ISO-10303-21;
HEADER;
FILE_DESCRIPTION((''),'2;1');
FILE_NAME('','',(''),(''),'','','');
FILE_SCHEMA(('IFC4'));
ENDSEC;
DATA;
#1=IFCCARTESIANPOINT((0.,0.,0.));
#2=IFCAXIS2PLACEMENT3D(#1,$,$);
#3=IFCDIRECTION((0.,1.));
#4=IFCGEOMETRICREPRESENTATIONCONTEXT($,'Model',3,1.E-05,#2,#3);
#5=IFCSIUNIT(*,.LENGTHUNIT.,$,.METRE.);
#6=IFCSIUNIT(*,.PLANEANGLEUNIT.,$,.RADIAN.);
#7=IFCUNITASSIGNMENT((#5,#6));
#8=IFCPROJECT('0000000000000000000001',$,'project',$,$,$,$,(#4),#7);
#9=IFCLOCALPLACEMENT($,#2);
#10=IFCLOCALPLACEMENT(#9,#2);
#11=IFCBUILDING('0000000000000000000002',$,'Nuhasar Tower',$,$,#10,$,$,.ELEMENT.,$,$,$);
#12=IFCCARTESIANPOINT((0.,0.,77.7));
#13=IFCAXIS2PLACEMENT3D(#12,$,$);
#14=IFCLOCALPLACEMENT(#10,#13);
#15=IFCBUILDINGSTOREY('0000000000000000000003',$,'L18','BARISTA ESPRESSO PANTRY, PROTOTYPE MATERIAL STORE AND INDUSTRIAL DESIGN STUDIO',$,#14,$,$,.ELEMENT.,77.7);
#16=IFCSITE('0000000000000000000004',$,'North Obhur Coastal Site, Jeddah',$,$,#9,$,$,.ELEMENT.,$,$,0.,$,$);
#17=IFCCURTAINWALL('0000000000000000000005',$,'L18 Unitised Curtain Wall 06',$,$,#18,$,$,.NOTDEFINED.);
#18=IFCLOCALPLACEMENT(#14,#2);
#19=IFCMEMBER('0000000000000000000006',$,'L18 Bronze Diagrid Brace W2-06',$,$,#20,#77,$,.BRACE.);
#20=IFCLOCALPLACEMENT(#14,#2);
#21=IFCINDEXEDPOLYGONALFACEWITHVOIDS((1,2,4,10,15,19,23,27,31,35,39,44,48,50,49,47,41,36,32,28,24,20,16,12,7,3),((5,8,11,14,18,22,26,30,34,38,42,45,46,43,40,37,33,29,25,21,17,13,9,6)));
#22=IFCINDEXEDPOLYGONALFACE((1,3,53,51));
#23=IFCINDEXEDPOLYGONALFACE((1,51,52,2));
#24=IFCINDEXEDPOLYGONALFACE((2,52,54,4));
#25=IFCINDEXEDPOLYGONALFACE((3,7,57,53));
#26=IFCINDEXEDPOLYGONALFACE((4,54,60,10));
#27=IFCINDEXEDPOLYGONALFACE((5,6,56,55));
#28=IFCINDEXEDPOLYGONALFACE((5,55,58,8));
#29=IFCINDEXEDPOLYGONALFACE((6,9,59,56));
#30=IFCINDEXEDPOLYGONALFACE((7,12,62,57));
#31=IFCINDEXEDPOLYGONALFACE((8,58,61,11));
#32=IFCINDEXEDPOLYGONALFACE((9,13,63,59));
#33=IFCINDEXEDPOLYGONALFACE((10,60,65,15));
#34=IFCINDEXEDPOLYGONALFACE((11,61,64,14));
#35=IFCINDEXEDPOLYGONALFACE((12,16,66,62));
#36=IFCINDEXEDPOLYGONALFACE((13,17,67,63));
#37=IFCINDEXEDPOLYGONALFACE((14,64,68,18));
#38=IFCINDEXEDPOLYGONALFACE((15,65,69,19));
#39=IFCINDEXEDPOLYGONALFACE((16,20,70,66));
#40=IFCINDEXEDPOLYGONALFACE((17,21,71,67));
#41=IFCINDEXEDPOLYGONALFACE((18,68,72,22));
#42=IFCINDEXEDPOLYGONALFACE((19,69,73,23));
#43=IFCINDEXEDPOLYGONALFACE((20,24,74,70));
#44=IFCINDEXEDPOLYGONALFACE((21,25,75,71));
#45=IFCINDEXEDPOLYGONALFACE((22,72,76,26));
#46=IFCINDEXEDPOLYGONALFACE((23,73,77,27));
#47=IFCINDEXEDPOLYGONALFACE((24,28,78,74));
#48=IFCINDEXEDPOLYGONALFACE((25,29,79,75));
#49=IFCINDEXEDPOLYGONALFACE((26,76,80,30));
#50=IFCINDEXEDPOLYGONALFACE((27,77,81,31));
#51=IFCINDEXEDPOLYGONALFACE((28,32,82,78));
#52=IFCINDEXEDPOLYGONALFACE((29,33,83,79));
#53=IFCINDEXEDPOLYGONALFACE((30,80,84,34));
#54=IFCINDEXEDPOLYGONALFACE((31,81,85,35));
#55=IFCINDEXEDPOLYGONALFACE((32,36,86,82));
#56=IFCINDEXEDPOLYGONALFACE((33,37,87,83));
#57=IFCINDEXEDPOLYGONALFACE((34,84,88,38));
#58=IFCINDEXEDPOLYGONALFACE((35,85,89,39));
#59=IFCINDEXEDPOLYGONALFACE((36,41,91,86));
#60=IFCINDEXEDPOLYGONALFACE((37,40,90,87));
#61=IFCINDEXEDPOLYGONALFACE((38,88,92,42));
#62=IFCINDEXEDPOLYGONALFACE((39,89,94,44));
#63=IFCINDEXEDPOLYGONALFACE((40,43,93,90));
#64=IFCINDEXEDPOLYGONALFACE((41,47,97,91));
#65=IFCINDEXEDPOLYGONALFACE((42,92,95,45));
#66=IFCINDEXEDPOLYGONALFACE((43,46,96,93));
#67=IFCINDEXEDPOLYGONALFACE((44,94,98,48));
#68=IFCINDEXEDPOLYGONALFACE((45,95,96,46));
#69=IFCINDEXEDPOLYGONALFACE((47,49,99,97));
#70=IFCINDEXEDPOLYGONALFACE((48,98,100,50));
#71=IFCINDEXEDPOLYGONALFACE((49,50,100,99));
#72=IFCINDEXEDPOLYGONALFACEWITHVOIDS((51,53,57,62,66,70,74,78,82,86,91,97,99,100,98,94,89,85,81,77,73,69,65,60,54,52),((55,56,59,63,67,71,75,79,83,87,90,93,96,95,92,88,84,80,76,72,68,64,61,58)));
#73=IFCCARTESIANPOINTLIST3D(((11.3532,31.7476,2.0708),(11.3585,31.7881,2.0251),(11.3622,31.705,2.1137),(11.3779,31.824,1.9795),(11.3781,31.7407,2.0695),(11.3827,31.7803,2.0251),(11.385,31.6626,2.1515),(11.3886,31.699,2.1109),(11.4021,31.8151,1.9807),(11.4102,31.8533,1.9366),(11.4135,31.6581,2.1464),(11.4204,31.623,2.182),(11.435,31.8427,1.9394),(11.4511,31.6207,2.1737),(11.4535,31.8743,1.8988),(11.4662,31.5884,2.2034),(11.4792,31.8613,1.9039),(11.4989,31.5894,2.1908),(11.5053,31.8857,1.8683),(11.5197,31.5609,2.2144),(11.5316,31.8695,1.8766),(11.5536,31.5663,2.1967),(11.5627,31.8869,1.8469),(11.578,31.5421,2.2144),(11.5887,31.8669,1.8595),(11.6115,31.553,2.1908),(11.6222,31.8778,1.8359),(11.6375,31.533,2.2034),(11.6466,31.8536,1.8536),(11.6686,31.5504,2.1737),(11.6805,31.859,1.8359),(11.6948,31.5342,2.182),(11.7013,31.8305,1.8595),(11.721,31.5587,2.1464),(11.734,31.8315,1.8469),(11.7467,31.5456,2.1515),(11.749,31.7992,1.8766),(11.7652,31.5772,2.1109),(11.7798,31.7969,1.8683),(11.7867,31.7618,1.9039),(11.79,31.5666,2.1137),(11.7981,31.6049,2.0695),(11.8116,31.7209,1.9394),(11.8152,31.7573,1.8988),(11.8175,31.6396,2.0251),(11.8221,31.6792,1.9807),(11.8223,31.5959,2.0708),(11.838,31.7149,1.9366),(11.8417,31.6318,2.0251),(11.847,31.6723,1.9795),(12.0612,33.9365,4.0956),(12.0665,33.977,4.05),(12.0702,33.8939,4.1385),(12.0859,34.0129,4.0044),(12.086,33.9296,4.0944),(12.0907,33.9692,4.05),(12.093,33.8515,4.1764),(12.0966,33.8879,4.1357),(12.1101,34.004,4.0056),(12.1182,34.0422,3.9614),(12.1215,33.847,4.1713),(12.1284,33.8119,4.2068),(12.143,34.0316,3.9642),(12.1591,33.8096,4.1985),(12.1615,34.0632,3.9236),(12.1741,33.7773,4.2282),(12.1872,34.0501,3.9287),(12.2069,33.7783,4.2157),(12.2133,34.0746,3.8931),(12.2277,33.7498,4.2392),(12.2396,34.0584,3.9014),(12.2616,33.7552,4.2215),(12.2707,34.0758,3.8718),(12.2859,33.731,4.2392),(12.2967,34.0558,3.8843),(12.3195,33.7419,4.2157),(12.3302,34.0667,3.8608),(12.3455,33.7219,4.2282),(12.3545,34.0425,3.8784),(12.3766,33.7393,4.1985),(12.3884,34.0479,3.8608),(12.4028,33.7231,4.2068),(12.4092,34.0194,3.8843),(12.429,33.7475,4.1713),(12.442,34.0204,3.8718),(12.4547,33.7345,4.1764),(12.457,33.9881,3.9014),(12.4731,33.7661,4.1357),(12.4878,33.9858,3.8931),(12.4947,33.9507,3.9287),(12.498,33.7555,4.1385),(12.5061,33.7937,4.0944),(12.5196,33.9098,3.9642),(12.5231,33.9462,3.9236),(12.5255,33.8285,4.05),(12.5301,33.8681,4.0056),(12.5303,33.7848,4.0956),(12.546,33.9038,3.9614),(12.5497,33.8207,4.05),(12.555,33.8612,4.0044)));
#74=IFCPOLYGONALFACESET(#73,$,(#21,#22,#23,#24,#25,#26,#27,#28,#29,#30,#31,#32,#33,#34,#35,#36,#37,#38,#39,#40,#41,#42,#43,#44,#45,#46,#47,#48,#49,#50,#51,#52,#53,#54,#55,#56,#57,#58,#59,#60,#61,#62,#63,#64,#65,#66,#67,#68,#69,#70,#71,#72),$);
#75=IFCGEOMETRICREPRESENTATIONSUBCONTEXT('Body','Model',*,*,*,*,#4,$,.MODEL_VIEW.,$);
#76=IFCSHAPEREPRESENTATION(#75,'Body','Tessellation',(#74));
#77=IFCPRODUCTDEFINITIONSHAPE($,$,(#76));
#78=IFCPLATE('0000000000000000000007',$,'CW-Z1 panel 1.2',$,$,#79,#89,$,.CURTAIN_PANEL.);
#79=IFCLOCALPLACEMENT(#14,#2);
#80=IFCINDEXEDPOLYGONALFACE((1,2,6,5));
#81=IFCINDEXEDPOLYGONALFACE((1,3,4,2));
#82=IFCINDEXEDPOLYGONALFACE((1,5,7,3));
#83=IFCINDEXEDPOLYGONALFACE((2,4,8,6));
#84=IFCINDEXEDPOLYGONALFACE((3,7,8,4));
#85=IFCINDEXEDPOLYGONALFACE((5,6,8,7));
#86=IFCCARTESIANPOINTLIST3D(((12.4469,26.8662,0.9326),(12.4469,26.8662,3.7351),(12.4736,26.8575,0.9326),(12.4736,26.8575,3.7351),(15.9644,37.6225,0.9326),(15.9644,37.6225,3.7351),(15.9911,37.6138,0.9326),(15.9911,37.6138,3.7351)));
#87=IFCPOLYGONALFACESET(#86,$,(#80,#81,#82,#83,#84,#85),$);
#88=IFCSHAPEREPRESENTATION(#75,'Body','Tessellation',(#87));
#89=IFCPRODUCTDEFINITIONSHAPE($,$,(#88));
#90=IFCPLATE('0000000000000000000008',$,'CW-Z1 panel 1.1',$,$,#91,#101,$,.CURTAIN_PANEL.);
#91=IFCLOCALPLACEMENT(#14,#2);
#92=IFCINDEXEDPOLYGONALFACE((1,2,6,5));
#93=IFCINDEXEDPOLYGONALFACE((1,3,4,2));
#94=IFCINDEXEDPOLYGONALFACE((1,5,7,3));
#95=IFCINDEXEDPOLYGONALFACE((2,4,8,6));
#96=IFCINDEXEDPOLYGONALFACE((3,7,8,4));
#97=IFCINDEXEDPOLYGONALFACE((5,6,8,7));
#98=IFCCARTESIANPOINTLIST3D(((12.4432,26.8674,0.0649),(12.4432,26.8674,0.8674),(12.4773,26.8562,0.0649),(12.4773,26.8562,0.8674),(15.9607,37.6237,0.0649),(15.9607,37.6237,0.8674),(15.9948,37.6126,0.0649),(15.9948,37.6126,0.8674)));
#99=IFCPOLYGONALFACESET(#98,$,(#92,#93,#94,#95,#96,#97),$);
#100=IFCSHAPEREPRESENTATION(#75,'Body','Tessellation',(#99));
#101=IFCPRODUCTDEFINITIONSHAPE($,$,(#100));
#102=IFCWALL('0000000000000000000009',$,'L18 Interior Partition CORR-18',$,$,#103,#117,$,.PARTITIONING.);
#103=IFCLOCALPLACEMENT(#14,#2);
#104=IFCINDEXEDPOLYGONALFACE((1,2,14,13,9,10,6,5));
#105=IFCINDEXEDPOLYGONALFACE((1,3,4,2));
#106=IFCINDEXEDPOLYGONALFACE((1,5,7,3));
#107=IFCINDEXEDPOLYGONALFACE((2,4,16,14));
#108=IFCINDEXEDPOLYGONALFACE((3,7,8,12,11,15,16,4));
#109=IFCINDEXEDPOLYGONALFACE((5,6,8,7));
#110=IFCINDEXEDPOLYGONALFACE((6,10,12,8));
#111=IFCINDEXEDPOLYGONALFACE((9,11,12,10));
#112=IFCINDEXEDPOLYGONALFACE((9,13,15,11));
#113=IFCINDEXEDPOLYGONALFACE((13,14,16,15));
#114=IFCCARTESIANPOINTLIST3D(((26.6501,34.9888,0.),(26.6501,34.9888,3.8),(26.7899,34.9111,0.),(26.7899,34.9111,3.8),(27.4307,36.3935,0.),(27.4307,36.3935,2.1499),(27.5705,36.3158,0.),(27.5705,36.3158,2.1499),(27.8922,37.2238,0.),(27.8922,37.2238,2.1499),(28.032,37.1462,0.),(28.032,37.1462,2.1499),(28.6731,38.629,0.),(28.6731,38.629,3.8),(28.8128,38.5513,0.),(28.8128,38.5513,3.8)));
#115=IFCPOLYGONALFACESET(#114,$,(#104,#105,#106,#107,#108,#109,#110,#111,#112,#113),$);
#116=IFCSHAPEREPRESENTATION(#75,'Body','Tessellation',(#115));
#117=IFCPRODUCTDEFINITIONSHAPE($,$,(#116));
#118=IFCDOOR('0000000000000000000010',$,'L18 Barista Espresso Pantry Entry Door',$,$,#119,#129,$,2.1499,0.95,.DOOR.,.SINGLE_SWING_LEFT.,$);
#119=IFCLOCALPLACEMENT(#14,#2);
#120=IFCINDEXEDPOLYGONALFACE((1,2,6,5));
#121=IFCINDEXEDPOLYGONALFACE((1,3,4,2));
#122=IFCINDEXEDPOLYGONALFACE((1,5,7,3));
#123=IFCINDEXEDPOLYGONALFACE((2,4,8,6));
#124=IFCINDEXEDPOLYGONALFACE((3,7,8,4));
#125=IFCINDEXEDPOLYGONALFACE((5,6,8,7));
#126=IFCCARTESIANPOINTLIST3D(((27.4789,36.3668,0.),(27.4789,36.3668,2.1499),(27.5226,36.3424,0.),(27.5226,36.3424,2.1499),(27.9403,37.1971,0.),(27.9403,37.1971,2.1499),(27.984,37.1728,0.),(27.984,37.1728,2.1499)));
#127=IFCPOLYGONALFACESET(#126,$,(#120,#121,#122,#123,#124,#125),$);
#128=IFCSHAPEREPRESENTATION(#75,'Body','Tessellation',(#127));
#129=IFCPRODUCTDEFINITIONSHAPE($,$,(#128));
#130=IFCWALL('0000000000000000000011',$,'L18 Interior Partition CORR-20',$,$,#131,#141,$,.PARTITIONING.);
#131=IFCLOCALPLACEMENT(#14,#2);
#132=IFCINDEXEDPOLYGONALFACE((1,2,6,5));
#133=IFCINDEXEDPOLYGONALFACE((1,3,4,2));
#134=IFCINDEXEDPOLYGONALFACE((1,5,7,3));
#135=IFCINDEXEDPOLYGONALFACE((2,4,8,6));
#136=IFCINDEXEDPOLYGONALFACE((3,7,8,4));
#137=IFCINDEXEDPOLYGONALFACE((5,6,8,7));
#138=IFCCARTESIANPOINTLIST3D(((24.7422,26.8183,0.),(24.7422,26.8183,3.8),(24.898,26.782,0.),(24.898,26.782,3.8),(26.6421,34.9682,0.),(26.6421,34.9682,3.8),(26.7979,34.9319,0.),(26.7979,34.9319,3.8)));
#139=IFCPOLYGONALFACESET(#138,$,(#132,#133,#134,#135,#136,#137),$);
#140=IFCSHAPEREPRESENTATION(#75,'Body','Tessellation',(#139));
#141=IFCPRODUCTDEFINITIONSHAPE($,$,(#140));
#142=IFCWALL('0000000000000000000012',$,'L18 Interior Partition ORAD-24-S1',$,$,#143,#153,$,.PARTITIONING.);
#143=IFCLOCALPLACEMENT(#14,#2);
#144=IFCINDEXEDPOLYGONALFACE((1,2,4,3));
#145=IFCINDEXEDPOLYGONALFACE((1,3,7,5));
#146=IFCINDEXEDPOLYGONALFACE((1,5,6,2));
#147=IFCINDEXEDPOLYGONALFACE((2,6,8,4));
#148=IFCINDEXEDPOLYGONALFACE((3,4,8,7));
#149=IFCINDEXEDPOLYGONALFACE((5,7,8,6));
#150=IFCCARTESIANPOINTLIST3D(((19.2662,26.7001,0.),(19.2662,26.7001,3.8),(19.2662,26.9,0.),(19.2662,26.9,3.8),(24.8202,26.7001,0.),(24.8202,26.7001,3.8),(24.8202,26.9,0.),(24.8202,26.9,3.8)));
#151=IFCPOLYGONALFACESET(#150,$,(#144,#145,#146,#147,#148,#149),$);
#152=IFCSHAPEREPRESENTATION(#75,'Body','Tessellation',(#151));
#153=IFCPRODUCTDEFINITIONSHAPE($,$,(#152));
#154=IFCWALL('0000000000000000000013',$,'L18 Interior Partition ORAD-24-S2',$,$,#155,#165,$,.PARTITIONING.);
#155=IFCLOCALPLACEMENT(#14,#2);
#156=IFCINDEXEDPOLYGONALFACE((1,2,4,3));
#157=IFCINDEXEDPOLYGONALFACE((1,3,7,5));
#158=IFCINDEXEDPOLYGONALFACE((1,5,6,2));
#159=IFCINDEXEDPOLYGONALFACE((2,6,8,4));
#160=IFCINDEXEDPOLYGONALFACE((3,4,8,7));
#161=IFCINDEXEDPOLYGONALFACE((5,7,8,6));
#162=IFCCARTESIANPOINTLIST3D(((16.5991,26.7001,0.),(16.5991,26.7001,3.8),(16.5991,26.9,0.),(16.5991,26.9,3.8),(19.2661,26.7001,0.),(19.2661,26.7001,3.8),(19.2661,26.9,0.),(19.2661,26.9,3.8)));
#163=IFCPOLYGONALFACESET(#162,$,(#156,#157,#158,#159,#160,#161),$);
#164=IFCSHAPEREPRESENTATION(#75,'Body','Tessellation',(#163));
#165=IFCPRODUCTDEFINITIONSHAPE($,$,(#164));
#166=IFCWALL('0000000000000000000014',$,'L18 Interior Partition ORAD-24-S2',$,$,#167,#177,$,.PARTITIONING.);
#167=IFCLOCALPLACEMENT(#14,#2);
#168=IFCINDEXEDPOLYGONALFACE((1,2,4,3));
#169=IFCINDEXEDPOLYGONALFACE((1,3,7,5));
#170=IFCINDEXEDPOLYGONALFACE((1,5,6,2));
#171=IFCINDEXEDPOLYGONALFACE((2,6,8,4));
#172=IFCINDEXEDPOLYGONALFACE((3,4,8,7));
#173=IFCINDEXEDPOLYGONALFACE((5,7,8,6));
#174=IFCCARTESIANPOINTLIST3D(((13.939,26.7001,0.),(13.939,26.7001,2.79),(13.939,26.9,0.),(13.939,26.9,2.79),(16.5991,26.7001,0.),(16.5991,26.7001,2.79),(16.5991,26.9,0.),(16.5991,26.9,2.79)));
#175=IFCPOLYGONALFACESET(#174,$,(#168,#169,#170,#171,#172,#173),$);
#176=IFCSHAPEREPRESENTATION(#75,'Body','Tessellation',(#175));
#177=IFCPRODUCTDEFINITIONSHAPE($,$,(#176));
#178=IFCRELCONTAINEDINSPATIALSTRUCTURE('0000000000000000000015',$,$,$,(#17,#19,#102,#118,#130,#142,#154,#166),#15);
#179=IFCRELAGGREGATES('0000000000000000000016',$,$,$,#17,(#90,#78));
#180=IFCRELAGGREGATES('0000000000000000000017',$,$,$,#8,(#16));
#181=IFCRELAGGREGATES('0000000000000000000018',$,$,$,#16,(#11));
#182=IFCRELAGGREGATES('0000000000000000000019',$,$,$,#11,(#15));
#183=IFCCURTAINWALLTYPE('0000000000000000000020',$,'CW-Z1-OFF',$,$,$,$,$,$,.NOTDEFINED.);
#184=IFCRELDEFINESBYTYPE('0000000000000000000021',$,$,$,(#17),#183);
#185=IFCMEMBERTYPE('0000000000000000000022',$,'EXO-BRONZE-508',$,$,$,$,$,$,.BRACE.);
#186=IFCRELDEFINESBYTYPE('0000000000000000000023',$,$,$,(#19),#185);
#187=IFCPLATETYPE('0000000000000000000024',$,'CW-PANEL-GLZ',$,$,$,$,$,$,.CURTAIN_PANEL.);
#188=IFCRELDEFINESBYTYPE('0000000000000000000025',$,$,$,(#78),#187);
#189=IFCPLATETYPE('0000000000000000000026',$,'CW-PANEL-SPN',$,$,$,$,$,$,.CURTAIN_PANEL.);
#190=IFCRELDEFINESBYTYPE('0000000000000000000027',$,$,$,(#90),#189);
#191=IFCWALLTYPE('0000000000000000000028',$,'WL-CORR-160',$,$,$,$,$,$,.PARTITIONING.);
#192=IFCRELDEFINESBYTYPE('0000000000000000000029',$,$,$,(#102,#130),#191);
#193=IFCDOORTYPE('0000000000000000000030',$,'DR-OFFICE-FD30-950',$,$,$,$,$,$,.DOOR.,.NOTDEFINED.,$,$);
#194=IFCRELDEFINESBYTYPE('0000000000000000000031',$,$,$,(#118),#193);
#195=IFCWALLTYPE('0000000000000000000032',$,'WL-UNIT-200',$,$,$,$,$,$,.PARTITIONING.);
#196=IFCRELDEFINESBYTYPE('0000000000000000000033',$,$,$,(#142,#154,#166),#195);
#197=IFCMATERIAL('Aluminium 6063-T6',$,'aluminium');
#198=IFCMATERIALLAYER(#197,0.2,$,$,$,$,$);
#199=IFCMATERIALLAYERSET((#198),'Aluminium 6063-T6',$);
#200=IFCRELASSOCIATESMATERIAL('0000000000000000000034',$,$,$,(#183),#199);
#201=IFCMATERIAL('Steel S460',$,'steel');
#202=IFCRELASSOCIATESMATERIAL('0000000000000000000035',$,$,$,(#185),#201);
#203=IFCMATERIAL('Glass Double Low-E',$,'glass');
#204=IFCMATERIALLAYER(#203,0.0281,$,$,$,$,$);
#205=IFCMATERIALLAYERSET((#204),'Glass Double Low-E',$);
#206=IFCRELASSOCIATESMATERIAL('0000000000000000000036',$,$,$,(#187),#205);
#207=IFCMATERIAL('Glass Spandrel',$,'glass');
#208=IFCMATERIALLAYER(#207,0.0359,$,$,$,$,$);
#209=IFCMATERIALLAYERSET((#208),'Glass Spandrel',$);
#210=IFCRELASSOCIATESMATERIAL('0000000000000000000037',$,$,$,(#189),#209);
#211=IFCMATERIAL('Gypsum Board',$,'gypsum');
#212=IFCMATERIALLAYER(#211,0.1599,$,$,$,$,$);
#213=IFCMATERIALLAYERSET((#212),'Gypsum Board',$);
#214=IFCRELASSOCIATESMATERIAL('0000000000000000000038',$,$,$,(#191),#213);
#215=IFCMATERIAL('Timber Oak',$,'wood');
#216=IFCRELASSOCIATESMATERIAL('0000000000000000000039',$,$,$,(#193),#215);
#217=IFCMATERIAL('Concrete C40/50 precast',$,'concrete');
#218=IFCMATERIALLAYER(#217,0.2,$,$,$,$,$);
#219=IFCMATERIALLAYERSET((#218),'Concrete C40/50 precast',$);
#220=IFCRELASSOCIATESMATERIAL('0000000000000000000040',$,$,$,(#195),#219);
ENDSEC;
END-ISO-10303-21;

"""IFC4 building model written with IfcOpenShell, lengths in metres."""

from ifc_helpers import new_model, si_unit, direction, frame, frame_2d, origin, origin_2d, place, context, subcontext, project, spatial, rectangle, hollow_circle, extrude, material, layer, layer_set, material_profile, profile_set, type_object, element, fill, aggregate, save


model = new_model("IFC4")

# Units and contexts
model_context = context("Model", 3, precision=1e-05, world=origin(), true_north=direction((0.0, 1.0)))
body_context = subcontext(model_context, "Body", "Model", "MODEL_VIEW")
ifc_project = project(units=[si_unit("LENGTHUNIT", "METRE"), si_unit("PLANEANGLEUNIT", "RADIAN")], contexts=[model_context])

# Site, building, storey
site_placement = place(None, origin())
site = spatial("IfcSite", under=ifc_project, at=site_placement, Name="North Obhur Coastal Site, Jeddah", CompositionType="ELEMENT", RefElevation=0.0)
building_placement = place(site_placement, origin())
building = spatial("IfcBuilding", under=site, at=building_placement, Name="Nuhasar Tower", CompositionType="ELEMENT")
storey_placement = place(building_placement, frame((0.0, 0.0, 77.7)))
storey = spatial("IfcBuildingStorey", under=building, at=storey_placement, Name="L18", Description="BARISTA ESPRESSO PANTRY, PROTOTYPE MATERIAL STORE AND INDUSTRIAL DESIGN STUDIO", CompositionType="ELEMENT", Elevation=77.7)

# Curtain wall
ifc_material_1 = material(Name="Aluminium 6063-T6", Category="aluminium")
ifc_layer_1 = layer(ifc_material_1, 0.2)
ifc_layer_set_1 = layer_set([ifc_layer_1], Name="Aluminium 6063-T6")
curtain_wall_type = type_object("IfcCurtainWallType", Name="CW-Z1-OFF", PredefinedType="NOTDEFINED", material=ifc_layer_set_1)
curtain_wall_1_placement = place(storey_placement, origin())
curtain_wall_1 = element("IfcCurtainWall", 1, at=curtain_wall_1_placement, inside=storey, type_object=curtain_wall_type, Name="L18 Unitised Curtain Wall 06", PredefinedType="NOTDEFINED")

# Member
ifc_material_2 = material(Name="Steel S460", Category="steel")
ifc_material_profile_1 = material_profile(ifc_material_2, hollow_circle(Radius=0.2539, WallThickness=0.0254, at=origin_2d()), Name="HSS508X25.4")
ifc_profile_set_1 = profile_set([ifc_material_profile_1], Name="Steel S460")
member_type_1 = type_object("IfcMemberType", Name="EXO-BRONZE-508", PredefinedType="BRACE", material=ifc_profile_set_1)
member_1_placement = place(storey_placement, frame((11.6001, 31.71, 2.0251), z_axis=(0.231012, 0.714225, 0.660694), x_axis=(-0.951468, 0.307747, 0.0)))
element("IfcMember", 2, at=member_1_placement, inside=storey, type_object=member_type_1, Name="L18 Bronze Diagrid Brace W2-06", PredefinedType="BRACE", context=body_context, shape_type="SweptSolid", body=[
    extrude(hollow_circle(Radius=0.2539, WallThickness=0.0254, at=origin_2d()), origin(), (0.0, 0.0, 1.0), 3.0647),
])

# Plates
ifc_material_3 = material(Name="Glass Double Low-E", Category="glass")
ifc_layer_2 = layer(ifc_material_3, 0.0281)
ifc_layer_set_2 = layer_set([ifc_layer_2], Name="Glass Double Low-E")
plate_type_1 = type_object("IfcPlateType", Name="CW-PANEL-GLZ", PredefinedType="CURTAIN_PANEL", material=ifc_layer_set_2)
plate_1_placement = place(storey_placement, frame((14.219, 32.24, 0.9326), z_axis=(0.0, 0.0, 1.0), x_axis=(-0.310824, -0.950468, 0.0)))
plate_1 = element("IfcPlate", 3, at=plate_1_placement, type_object=plate_type_1, Name="CW-Z1 panel 1.2", PredefinedType="CURTAIN_PANEL", context=body_context, shape_type="SweptSolid", body=[
    extrude(rectangle(XDim=11.3169, YDim=0.0281, at=origin_2d()), origin(), (0.0, 0.0, 1.0), 2.8025),
])
ifc_material_4 = material(Name="Glass Spandrel", Category="glass")
ifc_layer_3 = layer(ifc_material_4, 0.0359)
ifc_layer_set_3 = layer_set([ifc_layer_3], Name="Glass Spandrel")
plate_type_2 = type_object("IfcPlateType", Name="CW-PANEL-SPN", PredefinedType="CURTAIN_PANEL", material=ifc_layer_set_3)
plate_2_placement = place(storey_placement, frame((14.219, 32.24, 0.0649), z_axis=(0.0, 0.0, 1.0), x_axis=(-0.310824, -0.950468, 0.0)))
plate_2 = element("IfcPlate", 4, at=plate_2_placement, type_object=plate_type_2, Name="CW-Z1 panel 1.1", PredefinedType="CURTAIN_PANEL", context=body_context, shape_type="SweptSolid", body=[
    extrude(rectangle(XDim=11.3169, YDim=0.0359, at=origin_2d()), origin(), (0.0, 0.0, 1.0), 0.8025),
])
aggregate(curtain_wall_1, [plate_2, plate_1])

# Wall, opening, door
ifc_material_5 = material(Name="Gypsum Board", Category="gypsum")
ifc_layer_4 = layer(ifc_material_5, 0.1599)
ifc_layer_set_4 = layer_set([ifc_layer_4], Name="Gypsum Board")
wall_type_1 = type_object("IfcWallType", Name="WL-CORR-160", PredefinedType="PARTITIONING", material=ifc_layer_set_4)
wall_1_placement = place(storey_placement, frame((26.72, 34.95, 0.0), z_axis=(0.0, 0.0, 1.0), x_axis=(0.485762, 0.874091, 0.0)))
wall_1 = element("IfcWall", 5, at=wall_1_placement, inside=storey, type_object=wall_type_1, Name="L18 Interior Partition CORR-18", PredefinedType="PARTITIONING", context=body_context, shape_type="SweptSolid", body=[
    extrude(rectangle(XDim=4.1646, YDim=0.1599, at=frame_2d((2.0823, 0.0))), origin(), (0.0, 0.0, 1.0), 3.8),
])
opening_placement = place(wall_1_placement, frame((1.6069, 0.0, 0.0)))
opening = element("IfcOpeningElement", 6, at=opening_placement, cuts=wall_1, PredefinedType="OPENING", context=body_context, shape_type="SweptSolid", body=[
    extrude(rectangle(XDim=0.95, YDim=2.1499, at=frame_2d((0.4751, 1.075))), frame((0.0, 0.0898, 0.0), z_axis=(0.0, -1.0, 0.0), x_axis=(1.0, 0.0, 0.0)), (0.0, 0.0, 1.0), 0.1799),
])
ifc_material_6 = material(Name="Timber Oak", Category="wood")
door_type = type_object("IfcDoorType", Name="DR-OFFICE-FD30-950", OperationType="NOTDEFINED", PredefinedType="DOOR", material=ifc_material_6)
door_placement = place(opening_placement, origin())
door = element("IfcDoor", 7, at=door_placement, inside=storey, type_object=door_type, Name="L18 Barista Espresso Pantry Entry Door", OperationType="SINGLE_SWING_LEFT", OverallHeight=2.1499, OverallWidth=0.95, PredefinedType="DOOR", context=body_context, shape_type="SweptSolid", body=[
    extrude(rectangle(XDim=0.95, YDim=2.1499, at=frame_2d((0.4751, 1.075))), frame((0.0, 0.0249, 0.0), z_axis=(0.0, -1.0, 0.0), x_axis=(1.0, 0.0, 0.0)), (0.0, 0.0, 1.0), 0.05),
])
fill(opening, door)

# Walls
wall_2_placement = place(storey_placement, frame((26.72, 34.95, 0.0), z_axis=(0.0, 0.0, 1.0), x_axis=(-0.227032, -0.973887, 0.0)))
element("IfcWall", 8, at=wall_2_placement, inside=storey, type_object=wall_type_1, Name="L18 Interior Partition CORR-20", PredefinedType="PARTITIONING", context=body_context, shape_type="SweptSolid", body=[
    extrude(rectangle(XDim=8.3684, YDim=0.1599, at=frame_2d((4.1841, 0.0))), origin(), (0.0, 0.0, 1.0), 3.8),
])
ifc_material_7 = material(Name="Concrete C40/50 precast", Category="concrete")
ifc_layer_5 = layer(ifc_material_7, 0.2)
ifc_layer_set_5 = layer_set([ifc_layer_5], Name="Concrete C40/50 precast")
wall_type_2 = type_object("IfcWallType", Name="WL-UNIT-200", PredefinedType="PARTITIONING", material=ifc_layer_set_5)
wall_3_placement = place(storey_placement, frame((24.8201, 26.8, 0.0), z_axis=(0.0, 0.0, 1.0), x_axis=(-1.0, 0.0, 0.0)))
element("IfcWall", 9, at=wall_3_placement, inside=storey, type_object=wall_type_2, Name="L18 Interior Partition ORAD-24-S1", PredefinedType="PARTITIONING", context=body_context, shape_type="SweptSolid", body=[
    extrude(rectangle(XDim=5.554, YDim=0.2, at=frame_2d((2.7769, 0.0))), origin(), (0.0, 0.0, 1.0), 3.8),
])
wall_4_placement = place(storey_placement, frame((19.2661, 26.8, 0.0), z_axis=(0.0, 0.0, 1.0), x_axis=(-1.0, 0.0, 0.0)))
element("IfcWall", 10, at=wall_4_placement, inside=storey, type_object=wall_type_2, Name="L18 Interior Partition ORAD-24-S2", PredefinedType="PARTITIONING", context=body_context, shape_type="SweptSolid", body=[
    extrude(rectangle(XDim=2.667, YDim=0.2, at=frame_2d((1.3335, 0.0))), origin(), (0.0, 0.0, 1.0), 3.8),
])
wall_5_placement = place(storey_placement, frame((16.5991, 26.8, 0.0), z_axis=(0.0, 0.0, 1.0), x_axis=(-1.0, 0.0, 0.0)))
element("IfcWall", 11, at=wall_5_placement, inside=storey, type_object=wall_type_2, Name="L18 Interior Partition ORAD-24-S2", PredefinedType="PARTITIONING", context=body_context, shape_type="SweptSolid", body=[
    extrude(rectangle(XDim=2.6602, YDim=0.2, at=frame_2d((1.3301, 0.0))), origin(), (0.0, 0.0, 1.0), 2.79),
])

save(model, "model.ifc")
